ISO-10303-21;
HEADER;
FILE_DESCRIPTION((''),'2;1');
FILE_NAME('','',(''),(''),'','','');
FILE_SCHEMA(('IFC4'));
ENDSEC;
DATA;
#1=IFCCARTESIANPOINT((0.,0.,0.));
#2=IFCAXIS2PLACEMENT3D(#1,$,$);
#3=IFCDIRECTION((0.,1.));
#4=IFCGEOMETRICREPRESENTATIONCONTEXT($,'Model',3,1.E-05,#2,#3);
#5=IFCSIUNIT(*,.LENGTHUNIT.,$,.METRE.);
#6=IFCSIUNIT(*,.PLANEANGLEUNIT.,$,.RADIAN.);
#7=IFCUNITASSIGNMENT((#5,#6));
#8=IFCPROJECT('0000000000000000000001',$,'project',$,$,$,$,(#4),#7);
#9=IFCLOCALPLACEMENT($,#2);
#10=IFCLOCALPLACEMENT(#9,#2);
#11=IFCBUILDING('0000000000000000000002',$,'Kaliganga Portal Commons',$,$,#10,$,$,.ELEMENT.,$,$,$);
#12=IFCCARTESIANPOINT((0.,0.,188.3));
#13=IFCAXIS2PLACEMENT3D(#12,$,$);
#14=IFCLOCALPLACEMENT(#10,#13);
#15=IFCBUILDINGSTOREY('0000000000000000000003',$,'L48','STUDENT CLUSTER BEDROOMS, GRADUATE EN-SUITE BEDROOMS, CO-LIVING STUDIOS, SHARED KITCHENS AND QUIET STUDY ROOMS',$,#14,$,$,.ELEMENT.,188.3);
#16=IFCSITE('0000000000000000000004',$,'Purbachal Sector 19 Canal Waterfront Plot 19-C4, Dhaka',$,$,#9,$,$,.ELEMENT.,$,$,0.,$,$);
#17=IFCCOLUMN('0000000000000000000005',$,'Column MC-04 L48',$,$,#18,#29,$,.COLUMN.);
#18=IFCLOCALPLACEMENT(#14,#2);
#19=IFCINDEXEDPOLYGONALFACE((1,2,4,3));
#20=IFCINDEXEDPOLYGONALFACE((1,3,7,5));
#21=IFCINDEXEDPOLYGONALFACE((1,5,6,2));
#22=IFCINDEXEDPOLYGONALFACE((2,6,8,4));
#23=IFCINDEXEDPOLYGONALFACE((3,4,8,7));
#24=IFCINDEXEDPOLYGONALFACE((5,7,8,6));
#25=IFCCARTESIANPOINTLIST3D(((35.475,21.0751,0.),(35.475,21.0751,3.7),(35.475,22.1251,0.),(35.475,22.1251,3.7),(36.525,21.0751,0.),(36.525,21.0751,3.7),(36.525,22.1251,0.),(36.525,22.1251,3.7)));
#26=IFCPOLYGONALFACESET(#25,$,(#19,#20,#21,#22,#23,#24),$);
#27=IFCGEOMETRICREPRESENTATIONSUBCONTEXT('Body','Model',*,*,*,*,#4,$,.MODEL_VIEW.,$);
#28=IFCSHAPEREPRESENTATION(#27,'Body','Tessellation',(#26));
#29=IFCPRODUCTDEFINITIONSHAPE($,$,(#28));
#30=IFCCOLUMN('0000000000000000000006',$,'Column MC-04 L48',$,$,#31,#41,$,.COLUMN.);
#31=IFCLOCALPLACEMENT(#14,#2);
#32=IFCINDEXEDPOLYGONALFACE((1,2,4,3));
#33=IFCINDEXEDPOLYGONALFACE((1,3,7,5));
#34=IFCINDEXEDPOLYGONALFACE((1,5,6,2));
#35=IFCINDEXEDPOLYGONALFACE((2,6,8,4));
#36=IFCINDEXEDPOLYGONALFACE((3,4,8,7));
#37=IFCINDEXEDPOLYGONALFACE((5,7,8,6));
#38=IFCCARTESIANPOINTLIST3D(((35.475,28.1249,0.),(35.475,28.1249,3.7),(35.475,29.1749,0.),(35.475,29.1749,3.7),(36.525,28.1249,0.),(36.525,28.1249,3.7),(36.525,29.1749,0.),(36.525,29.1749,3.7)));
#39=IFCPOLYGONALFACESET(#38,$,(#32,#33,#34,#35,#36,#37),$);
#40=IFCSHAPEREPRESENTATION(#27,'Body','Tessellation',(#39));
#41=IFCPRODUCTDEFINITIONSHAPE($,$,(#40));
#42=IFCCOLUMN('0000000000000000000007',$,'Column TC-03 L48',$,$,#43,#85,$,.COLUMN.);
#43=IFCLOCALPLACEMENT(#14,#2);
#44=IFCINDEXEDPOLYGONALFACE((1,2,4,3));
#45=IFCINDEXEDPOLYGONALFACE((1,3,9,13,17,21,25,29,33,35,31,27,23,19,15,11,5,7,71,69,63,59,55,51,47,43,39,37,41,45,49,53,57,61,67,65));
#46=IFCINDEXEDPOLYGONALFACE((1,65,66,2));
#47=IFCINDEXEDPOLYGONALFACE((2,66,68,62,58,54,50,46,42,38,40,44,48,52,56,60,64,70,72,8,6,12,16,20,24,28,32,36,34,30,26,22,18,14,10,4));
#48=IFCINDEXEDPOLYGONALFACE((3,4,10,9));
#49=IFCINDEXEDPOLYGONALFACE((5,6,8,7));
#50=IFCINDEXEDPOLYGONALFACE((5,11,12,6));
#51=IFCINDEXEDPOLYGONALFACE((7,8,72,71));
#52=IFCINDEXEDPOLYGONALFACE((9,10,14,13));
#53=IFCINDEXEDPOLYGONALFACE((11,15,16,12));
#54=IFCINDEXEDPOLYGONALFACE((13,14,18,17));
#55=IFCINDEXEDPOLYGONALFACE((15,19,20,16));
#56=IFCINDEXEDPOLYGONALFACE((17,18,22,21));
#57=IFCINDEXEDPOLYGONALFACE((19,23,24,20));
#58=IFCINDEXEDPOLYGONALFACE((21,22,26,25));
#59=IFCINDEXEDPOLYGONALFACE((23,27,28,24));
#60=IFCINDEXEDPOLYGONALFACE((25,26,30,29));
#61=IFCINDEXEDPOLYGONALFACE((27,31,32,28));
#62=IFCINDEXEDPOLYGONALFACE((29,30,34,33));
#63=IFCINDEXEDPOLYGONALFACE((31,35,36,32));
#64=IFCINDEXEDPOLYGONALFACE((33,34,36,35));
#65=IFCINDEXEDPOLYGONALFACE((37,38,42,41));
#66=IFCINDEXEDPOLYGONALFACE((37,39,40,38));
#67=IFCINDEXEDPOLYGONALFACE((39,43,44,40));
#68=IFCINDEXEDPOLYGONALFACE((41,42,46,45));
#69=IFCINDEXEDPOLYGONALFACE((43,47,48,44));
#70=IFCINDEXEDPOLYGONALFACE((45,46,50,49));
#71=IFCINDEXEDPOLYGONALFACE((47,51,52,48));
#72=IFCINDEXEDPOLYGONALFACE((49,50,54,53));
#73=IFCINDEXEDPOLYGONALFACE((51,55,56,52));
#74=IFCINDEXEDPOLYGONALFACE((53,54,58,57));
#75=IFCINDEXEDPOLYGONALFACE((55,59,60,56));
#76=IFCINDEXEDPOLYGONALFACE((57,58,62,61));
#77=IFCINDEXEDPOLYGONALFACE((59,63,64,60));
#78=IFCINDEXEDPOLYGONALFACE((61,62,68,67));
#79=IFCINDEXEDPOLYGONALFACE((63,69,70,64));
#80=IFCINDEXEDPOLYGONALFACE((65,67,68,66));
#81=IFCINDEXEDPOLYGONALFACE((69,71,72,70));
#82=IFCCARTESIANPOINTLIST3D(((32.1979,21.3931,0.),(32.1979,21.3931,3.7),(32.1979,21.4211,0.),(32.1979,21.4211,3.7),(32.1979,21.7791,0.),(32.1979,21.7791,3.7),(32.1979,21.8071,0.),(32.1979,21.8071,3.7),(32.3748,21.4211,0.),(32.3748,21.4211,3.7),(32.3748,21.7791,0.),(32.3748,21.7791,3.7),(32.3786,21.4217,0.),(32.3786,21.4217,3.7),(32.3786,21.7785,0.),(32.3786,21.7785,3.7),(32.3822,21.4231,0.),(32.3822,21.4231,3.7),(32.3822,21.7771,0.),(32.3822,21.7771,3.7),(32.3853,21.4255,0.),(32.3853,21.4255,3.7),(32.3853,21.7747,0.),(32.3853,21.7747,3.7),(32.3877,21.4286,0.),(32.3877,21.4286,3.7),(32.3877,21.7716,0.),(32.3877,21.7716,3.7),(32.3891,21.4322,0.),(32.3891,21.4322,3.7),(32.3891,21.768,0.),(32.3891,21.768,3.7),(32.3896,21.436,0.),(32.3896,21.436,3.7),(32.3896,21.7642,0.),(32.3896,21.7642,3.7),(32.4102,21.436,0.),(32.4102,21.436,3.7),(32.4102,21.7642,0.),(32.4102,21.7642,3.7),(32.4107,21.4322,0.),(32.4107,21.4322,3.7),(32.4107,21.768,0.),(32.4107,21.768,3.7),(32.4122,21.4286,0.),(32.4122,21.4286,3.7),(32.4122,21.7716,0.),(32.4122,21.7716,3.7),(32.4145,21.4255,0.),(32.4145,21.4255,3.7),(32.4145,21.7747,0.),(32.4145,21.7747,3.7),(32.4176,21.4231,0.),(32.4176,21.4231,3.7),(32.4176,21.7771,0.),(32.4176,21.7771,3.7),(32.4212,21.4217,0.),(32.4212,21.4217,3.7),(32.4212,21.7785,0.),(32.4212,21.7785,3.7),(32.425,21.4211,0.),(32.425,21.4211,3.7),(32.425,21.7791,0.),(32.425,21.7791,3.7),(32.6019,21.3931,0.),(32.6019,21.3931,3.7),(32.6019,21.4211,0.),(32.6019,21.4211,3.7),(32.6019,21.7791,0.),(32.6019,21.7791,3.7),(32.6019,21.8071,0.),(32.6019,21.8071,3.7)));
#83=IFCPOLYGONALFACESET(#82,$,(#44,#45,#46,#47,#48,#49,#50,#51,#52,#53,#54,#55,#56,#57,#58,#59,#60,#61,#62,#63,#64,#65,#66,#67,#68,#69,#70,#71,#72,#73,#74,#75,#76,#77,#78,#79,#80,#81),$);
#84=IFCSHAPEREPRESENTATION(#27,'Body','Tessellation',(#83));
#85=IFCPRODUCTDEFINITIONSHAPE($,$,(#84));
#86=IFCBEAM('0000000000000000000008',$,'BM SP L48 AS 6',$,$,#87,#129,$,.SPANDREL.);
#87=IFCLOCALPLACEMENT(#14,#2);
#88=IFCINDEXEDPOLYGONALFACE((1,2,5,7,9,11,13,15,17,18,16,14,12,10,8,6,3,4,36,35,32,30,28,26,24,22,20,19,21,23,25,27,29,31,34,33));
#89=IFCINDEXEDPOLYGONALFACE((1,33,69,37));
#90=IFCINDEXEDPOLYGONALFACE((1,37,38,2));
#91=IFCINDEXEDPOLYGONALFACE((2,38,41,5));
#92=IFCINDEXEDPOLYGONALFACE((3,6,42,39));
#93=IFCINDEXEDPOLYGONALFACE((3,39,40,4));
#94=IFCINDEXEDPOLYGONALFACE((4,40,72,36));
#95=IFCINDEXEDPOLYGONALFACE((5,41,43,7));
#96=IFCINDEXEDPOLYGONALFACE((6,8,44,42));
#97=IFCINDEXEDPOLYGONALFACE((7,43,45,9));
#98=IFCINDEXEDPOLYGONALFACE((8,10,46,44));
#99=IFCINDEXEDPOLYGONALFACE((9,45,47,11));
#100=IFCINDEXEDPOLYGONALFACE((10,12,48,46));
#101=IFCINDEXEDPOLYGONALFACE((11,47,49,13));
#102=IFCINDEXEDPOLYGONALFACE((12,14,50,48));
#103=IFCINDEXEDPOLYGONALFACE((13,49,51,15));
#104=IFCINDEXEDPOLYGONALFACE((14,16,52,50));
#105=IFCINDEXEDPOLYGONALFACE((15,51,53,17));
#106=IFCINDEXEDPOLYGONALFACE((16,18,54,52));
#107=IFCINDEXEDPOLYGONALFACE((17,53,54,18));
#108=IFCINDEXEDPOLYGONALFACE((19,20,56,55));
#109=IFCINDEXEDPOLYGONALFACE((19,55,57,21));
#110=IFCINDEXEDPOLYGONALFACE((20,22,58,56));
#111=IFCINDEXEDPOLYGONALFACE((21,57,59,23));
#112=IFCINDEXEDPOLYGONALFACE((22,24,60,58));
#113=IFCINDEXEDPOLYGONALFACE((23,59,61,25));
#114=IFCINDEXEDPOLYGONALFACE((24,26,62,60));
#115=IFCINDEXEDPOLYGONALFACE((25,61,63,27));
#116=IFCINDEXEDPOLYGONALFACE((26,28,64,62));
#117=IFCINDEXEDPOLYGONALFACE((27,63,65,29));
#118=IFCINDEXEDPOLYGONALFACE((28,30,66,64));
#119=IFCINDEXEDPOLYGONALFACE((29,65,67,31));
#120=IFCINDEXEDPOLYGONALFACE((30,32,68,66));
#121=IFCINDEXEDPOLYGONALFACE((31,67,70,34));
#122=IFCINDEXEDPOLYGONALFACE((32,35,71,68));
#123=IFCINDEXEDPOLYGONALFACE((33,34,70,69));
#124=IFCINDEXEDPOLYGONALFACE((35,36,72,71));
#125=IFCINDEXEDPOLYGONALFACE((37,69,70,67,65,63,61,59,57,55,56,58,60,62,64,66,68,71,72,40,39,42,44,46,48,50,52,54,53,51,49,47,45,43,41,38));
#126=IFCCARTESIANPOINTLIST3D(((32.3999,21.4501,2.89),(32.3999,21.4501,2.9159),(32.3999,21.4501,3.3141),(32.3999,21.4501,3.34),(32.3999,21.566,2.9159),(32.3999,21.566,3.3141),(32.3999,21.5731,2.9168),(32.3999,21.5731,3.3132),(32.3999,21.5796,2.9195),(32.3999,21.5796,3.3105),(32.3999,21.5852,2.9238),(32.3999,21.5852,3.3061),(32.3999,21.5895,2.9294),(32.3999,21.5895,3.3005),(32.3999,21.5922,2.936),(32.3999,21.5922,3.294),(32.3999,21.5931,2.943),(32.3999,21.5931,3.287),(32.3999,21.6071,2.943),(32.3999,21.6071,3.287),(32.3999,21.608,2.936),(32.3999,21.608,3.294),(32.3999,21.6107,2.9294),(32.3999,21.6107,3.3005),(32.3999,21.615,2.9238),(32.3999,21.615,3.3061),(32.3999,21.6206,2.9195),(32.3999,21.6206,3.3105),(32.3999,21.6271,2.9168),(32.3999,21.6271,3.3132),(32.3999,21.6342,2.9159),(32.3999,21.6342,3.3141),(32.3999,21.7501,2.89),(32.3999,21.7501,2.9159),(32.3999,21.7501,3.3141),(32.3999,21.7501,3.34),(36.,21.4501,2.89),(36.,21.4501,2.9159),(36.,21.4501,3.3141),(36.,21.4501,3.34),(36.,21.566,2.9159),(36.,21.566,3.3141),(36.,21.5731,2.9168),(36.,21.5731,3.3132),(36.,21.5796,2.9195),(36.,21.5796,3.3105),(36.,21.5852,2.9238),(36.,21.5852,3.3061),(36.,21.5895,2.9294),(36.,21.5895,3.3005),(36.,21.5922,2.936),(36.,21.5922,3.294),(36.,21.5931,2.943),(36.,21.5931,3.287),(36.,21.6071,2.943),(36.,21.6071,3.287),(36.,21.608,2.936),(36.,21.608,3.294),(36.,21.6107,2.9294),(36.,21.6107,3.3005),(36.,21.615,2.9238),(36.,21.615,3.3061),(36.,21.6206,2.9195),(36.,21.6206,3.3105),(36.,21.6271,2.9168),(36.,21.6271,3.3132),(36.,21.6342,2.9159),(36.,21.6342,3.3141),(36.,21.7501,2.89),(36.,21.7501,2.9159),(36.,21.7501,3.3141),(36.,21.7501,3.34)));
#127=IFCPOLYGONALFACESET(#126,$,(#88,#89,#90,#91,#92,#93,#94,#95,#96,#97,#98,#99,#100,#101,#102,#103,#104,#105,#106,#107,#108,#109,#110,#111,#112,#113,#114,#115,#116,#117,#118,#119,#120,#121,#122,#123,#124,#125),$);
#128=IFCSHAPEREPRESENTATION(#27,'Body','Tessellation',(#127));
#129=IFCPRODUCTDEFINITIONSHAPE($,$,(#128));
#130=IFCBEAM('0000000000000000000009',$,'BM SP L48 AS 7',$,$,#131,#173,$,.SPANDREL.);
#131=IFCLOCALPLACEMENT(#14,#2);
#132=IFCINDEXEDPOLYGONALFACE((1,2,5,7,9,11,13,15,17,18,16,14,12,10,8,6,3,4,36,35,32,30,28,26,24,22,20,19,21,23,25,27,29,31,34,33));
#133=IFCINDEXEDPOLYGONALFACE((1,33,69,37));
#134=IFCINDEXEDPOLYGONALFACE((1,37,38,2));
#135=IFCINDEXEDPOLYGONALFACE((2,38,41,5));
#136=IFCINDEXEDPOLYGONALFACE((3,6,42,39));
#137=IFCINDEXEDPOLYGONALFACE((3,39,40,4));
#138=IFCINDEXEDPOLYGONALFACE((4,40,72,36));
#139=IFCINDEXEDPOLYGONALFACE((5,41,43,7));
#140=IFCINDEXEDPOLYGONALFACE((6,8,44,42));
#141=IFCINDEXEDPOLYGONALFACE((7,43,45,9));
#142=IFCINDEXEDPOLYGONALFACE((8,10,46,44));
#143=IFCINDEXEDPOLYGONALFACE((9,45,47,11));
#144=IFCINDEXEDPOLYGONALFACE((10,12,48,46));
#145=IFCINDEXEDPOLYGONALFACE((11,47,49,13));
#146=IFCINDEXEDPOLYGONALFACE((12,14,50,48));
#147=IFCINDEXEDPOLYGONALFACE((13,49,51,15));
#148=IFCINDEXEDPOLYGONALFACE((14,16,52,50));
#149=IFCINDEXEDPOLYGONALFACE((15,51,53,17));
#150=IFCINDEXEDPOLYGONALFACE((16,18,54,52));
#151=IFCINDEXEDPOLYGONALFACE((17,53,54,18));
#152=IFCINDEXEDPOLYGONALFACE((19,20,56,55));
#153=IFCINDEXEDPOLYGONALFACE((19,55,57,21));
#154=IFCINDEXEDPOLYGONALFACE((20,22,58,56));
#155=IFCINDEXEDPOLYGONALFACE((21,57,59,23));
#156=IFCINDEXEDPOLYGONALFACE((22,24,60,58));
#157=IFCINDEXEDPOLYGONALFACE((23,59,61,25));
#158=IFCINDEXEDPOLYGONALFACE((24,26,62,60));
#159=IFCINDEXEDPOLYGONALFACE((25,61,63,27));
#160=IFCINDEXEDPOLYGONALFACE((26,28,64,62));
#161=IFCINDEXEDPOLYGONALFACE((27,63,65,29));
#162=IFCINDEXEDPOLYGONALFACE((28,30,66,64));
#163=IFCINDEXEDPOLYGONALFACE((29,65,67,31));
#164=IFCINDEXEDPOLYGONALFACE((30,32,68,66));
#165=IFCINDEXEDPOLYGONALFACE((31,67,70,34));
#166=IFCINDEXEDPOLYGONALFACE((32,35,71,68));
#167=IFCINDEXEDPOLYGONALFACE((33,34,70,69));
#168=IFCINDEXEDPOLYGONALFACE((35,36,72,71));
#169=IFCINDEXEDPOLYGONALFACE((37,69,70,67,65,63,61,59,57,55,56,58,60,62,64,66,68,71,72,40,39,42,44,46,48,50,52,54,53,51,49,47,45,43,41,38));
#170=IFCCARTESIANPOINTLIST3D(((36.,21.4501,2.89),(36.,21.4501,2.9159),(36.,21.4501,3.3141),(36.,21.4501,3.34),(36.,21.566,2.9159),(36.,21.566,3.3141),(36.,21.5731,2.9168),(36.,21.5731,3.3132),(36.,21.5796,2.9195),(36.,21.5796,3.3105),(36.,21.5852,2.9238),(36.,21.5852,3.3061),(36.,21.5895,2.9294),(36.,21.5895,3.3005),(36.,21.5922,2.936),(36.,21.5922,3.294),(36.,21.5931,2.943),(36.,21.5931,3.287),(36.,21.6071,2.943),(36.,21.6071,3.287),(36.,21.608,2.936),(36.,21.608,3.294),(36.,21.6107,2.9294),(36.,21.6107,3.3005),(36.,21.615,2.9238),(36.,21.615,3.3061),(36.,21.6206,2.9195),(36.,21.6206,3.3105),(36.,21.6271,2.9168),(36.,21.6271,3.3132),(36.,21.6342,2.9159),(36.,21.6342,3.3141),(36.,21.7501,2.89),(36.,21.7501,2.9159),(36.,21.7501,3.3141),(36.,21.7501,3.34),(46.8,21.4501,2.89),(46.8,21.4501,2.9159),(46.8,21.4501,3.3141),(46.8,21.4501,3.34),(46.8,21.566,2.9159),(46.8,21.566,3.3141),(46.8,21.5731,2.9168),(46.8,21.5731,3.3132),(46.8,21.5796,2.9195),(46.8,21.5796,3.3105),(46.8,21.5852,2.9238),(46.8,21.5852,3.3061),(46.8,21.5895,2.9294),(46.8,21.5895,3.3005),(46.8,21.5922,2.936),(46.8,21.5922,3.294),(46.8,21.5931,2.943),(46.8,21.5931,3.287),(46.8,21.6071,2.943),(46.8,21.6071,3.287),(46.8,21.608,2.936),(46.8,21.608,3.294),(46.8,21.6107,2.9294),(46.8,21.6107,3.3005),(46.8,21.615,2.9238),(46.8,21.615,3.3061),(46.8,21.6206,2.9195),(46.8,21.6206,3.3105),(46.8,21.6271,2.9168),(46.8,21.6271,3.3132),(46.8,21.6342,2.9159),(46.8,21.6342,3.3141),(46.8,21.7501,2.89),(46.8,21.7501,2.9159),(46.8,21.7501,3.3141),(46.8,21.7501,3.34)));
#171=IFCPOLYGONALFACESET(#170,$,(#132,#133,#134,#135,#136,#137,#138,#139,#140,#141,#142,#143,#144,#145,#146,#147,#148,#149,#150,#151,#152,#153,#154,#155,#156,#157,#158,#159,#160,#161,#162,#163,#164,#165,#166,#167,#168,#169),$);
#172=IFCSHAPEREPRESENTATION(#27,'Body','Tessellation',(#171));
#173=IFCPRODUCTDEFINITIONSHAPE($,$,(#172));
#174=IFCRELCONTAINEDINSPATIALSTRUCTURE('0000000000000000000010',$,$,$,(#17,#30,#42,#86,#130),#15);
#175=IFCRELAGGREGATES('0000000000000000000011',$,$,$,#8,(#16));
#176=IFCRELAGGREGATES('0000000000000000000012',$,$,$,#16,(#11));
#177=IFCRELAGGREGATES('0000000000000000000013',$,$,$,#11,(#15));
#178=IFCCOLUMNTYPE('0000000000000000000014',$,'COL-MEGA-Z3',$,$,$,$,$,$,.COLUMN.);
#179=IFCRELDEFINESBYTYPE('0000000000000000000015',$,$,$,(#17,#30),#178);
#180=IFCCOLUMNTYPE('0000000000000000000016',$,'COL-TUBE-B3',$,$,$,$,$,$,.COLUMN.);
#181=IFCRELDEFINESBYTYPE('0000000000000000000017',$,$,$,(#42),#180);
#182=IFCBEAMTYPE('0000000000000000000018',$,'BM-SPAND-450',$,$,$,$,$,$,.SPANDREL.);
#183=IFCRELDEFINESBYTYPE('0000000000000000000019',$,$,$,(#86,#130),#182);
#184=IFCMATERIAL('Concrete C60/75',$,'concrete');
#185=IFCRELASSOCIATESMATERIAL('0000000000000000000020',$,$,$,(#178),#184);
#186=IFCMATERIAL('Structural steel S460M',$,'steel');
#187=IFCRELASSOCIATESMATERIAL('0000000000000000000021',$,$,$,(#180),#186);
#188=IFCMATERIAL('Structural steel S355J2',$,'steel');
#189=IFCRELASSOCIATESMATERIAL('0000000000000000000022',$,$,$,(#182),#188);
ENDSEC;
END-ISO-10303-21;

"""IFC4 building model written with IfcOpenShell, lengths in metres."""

from ifc_helpers import new_model, si_unit, direction, frame, origin, origin_2d, place, context, subcontext, project, spatial, rectangle, i_section, extrude, source, transform, mapped, material, material_profile, profile_set, type_object, element, save


model = new_model("IFC4")

# Units and contexts
model_context = context("Model", 3, precision=1e-05, world=origin(), true_north=direction((0.0, 1.0)))
body_context = subcontext(model_context, "Body", "Model", "MODEL_VIEW")
ifc_project = project(units=[si_unit("LENGTHUNIT", "METRE"), si_unit("PLANEANGLEUNIT", "RADIAN")], contexts=[model_context])

# Site, building, storey
site_placement = place(None, origin())
site = spatial("IfcSite", under=ifc_project, at=site_placement, Name="Purbachal Sector 19 Canal Waterfront Plot 19-C4, Dhaka", CompositionType="ELEMENT", RefElevation=0.0)
building_placement = place(site_placement, origin())
building = spatial("IfcBuilding", under=site, at=building_placement, Name="Kaliganga Portal Commons", CompositionType="ELEMENT")
storey_placement = place(building_placement, frame((0.0, 0.0, 188.3)))
storey = spatial("IfcBuildingStorey", under=building, at=storey_placement, Name="L48", Description="STUDENT CLUSTER BEDROOMS, GRADUATE EN-SUITE BEDROOMS, CO-LIVING STUDIOS, SHARED KITCHENS AND QUIET STUDY ROOMS", CompositionType="ELEMENT", Elevation=188.3)

# Columns
ifc_material_1 = material(Name="Concrete C60/75", Category="concrete")
ifc_material_profile_1 = material_profile(ifc_material_1, rectangle(XDim=1.05, YDim=1.05, at=origin_2d()), Name="RC 1050x1050")
ifc_profile_set_1 = profile_set([ifc_material_profile_1], Name="Concrete C60/75")
column_type_1 = type_object("IfcColumnType", Name="COL-MEGA-Z3", PredefinedType="COLUMN", material=ifc_profile_set_1)
shared_shape_1 = source(origin(), body_context, "Body", "SweptSolid", [
    extrude(rectangle(XDim=1.05, YDim=1.05, at=origin_2d()), origin(), (0.0, 0.0, 1.0), 3.7),
])
for number, where, z_axis, x_axis, name in (
    (1, (36.0, 21.6001, 0.0), (0.0, 0.0, 1.0), (1.0, 0.0, 0.0), "Column MC-04 L48"),
    (2, (36.0, 28.6499, 0.0), (0.0, 0.0, 1.0), (1.0, 0.0, 0.0), "Column MC-04 L48"),
):
    element("IfcColumn", number, at=place(storey_placement, frame(where, z_axis=z_axis, x_axis=x_axis)), inside=storey, type_object=column_type_1, Name=name, PredefinedType="COLUMN", context=body_context, shape_type="MappedRepresentation", body=[
        mapped(shared_shape_1, transform((0.0, 0.0, 0.0), x_axis=(1.0, 0.0, 0.0), y_axis=(0.0, 1.0, 0.0), z_axis=(0.0, 0.0, 1.0), scale=1.0)),
    ])
ifc_material_2 = material(Name="Structural steel S460M", Category="steel")
ifc_material_profile_2 = material_profile(ifc_material_2, i_section(OverallWidth=0.4041, OverallDepth=0.4141, WebThickness=0.0205, FlangeThickness=0.0281, FilletRadius=0.0149, at=origin_2d()), Name="HD 400x347")
ifc_profile_set_2 = profile_set([ifc_material_profile_2], Name="Structural steel S460M wide-flange")
column_type_2 = type_object("IfcColumnType", Name="COL-TUBE-B3", PredefinedType="COLUMN", material=ifc_profile_set_2)
shared_shape_2 = source(origin(), body_context, "Body", "SweptSolid", [
    extrude(i_section(OverallWidth=0.4041, OverallDepth=0.4141, WebThickness=0.0205, FlangeThickness=0.0281, FilletRadius=0.0149, at=origin_2d()), origin(), (0.0, 0.0, 1.0), 3.7),
])
column_placement = place(storey_placement, frame((32.3999, 21.6001, 0.0), z_axis=(0.0, 0.0, 1.0), x_axis=(1.0, 0.0, 0.0)))
element("IfcColumn", 3, at=column_placement, inside=storey, type_object=column_type_2, Name="Column TC-03 L48", PredefinedType="COLUMN", context=body_context, shape_type="MappedRepresentation", body=[
    mapped(shared_shape_2, transform((0.0, 0.0, 0.0), x_axis=(1.0, 0.0, 0.0), y_axis=(0.0, 1.0, 0.0), z_axis=(0.0, 0.0, 1.0), scale=1.0)),
])

# Beams
ifc_material_3 = material(Name="Structural steel S355J2", Category="steel")
ifc_material_profile_3 = material_profile(ifc_material_3, i_section(OverallWidth=0.3, OverallDepth=0.45, WebThickness=0.0139, FlangeThickness=0.0259, FilletRadius=0.0271, at=origin_2d()), Name="HE 450 B")
ifc_profile_set_3 = profile_set([ifc_material_profile_3], Name="Structural steel S355J2 wide-flange")
beam_type_1 = type_object("IfcBeamType", Name="BM-SPAND-450", PredefinedType="SPANDREL", material=ifc_profile_set_3)
shared_shape_3 = source(origin(), body_context, "Body", "SweptSolid", [
    extrude(i_section(OverallWidth=0.3, OverallDepth=0.45, WebThickness=0.0139, FlangeThickness=0.0259, FilletRadius=0.0271, at=origin_2d()), origin(), (0.0, 0.0, 1.0), 3.6001),
])
beam_1_placement = place(storey_placement, frame((32.3999, 21.6001, 3.115), z_axis=(1.0, 0.0, 0.0), x_axis=(0.0, 1.0, 0.0)))
element("IfcBeam", 4, at=beam_1_placement, inside=storey, type_object=beam_type_1, Name="BM SP L48 AS 6", PredefinedType="SPANDREL", context=body_context, shape_type="MappedRepresentation", body=[
    mapped(shared_shape_3, transform((0.0, 0.0, 0.0), x_axis=(1.0, 0.0, 0.0), y_axis=(0.0, 1.0, 0.0), z_axis=(0.0, 0.0, 1.0), scale=1.0)),
])
shared_shape_4 = source(origin(), body_context, "Body", "SweptSolid", [
    extrude(i_section(OverallWidth=0.3, OverallDepth=0.45, WebThickness=0.0139, FlangeThickness=0.0259, FilletRadius=0.0271, at=origin_2d()), origin(), (0.0, 0.0, 1.0), 10.8),
])
beam_2_placement = place(storey_placement, frame((36.0, 21.6001, 3.115), z_axis=(1.0, 0.0, 0.0), x_axis=(0.0, 1.0, 0.0)))
element("IfcBeam", 5, at=beam_2_placement, inside=storey, type_object=beam_type_1, Name="BM SP L48 AS 7", PredefinedType="SPANDREL", context=body_context, shape_type="MappedRepresentation", body=[
    mapped(shared_shape_4, transform((0.0, 0.0, 0.0), x_axis=(1.0, 0.0, 0.0), y_axis=(0.0, 1.0, 0.0), z_axis=(0.0, 0.0, 1.0), scale=1.0)),
])

save(model, "model.ifc")
